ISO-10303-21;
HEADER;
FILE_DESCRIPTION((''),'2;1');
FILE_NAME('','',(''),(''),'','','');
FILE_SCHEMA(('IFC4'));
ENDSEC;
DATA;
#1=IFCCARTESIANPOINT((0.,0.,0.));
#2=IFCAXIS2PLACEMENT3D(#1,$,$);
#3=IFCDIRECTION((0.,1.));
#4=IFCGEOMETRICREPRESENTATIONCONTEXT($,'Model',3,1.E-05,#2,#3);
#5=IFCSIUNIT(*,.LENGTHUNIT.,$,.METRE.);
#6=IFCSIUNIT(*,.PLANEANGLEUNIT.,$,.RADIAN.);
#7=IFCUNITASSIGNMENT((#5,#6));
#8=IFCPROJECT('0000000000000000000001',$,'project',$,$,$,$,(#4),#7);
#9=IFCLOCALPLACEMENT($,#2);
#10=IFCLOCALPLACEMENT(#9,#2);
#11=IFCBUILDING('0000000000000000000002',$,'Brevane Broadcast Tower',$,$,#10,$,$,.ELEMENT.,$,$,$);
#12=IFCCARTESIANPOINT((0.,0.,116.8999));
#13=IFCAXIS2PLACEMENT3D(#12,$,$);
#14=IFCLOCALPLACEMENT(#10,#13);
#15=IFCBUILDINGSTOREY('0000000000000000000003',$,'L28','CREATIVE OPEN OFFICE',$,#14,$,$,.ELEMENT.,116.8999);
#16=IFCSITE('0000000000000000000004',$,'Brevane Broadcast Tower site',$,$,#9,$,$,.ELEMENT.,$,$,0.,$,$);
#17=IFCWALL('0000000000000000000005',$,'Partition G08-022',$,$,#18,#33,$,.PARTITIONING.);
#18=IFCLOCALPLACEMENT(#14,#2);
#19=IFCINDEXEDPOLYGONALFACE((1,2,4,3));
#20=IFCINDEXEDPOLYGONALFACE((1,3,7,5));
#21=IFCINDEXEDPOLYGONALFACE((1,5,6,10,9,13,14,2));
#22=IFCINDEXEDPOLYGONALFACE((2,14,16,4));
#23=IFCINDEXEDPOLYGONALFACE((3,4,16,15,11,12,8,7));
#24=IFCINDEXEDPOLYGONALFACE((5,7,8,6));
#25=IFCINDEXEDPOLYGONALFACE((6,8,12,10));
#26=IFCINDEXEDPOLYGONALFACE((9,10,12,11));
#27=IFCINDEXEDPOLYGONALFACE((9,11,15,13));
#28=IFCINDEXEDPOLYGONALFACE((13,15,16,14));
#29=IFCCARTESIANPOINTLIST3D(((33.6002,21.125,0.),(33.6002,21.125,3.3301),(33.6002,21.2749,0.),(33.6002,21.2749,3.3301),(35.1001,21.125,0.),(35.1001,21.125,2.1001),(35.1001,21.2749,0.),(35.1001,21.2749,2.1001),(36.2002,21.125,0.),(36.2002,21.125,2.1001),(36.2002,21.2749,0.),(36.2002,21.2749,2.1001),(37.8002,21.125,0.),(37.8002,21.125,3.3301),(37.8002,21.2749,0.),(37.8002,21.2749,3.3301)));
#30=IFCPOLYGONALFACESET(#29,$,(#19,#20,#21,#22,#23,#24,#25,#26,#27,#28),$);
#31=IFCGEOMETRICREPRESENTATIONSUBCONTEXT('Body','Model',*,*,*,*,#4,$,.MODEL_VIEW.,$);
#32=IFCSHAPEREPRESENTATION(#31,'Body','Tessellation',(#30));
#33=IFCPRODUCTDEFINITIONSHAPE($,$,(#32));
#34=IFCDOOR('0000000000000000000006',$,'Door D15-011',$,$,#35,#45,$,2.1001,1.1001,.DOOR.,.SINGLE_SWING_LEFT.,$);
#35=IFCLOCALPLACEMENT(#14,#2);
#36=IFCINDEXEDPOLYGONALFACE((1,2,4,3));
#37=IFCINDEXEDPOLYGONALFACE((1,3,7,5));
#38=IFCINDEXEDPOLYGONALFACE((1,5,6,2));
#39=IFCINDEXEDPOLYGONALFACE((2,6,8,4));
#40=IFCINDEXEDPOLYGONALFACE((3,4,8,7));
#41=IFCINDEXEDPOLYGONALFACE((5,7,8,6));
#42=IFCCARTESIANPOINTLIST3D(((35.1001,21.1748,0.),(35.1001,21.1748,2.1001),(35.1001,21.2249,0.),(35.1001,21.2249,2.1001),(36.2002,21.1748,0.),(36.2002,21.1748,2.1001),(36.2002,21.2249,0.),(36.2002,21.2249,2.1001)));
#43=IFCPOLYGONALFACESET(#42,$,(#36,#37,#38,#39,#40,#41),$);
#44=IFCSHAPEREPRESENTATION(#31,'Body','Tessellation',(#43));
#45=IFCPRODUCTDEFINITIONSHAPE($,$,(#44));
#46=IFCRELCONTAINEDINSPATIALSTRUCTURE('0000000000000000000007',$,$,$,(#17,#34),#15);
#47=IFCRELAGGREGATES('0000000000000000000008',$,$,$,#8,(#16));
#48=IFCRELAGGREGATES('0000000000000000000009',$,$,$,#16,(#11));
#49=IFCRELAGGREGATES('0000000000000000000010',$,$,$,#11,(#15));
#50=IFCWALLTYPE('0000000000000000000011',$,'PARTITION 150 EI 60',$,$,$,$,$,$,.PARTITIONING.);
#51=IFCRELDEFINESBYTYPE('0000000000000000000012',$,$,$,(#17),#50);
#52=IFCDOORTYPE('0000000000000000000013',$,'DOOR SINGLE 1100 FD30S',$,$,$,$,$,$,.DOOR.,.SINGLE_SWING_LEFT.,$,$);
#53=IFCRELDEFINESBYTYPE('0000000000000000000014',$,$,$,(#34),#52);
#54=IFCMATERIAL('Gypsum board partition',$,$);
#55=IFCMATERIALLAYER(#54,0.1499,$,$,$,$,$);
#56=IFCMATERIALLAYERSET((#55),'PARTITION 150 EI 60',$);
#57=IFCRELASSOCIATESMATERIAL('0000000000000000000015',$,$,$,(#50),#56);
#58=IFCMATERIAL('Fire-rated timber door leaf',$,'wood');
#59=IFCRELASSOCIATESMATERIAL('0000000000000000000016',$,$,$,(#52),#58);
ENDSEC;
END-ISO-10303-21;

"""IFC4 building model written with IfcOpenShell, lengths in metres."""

from ifc_helpers import new_model, si_unit, direction, frame, frame_2d, origin, place, context, subcontext, project, spatial, rectangle, extrude, material, layer, layer_set, type_object, element, fill, save


model = new_model("IFC4")

# Units and contexts
model_context = context("Model", 3, precision=1e-05, world=origin(), true_north=direction((0.0, 1.0)))
body_context = subcontext(model_context, "Body", "Model", "MODEL_VIEW")
ifc_project = project(units=[si_unit("LENGTHUNIT", "METRE"), si_unit("PLANEANGLEUNIT", "RADIAN")], contexts=[model_context])

# Site, building, storey
site_placement = place(None, origin())
site = spatial("IfcSite", under=ifc_project, at=site_placement, Name="Brevane Broadcast Tower site", CompositionType="ELEMENT", RefElevation=0.0)
building_placement = place(site_placement, origin())
building = spatial("IfcBuilding", under=site, at=building_placement, Name="Brevane Broadcast Tower", CompositionType="ELEMENT")
storey_placement = place(building_placement, frame((0.0, 0.0, 116.8999)))
storey = spatial("IfcBuildingStorey", under=building, at=storey_placement, Name="L28", Description="CREATIVE OPEN OFFICE", CompositionType="ELEMENT", Elevation=116.8999)

# Shared definitions
ifc_material_1 = material(Name="Gypsum board partition")

# Wall, opening, door
ifc_layer_1 = layer(ifc_material_1, 0.1499)
ifc_layer_set_1 = layer_set([ifc_layer_1], Name="PARTITION 150 EI 60")
wall_type_1 = type_object("IfcWallType", Name="PARTITION 150 EI 60", PredefinedType="PARTITIONING", material=ifc_layer_set_1)
wall_1_placement = place(storey_placement, frame((33.6001, 21.2, 0.0), z_axis=(0.0, 0.0, 1.0), x_axis=(1.0, 0.0, 0.0)))
wall_1 = element("IfcWall", 1, at=wall_1_placement, inside=storey, type_object=wall_type_1, Name="Partition G08-022", PredefinedType="PARTITIONING", context=body_context, shape_type="SweptSolid", body=[
    extrude(rectangle(XDim=4.2, YDim=0.1499, at=frame_2d((2.1001, 0.0))), origin(), (0.0, 0.0, 1.0), 3.3301),
])
opening_placement = place(wall_1_placement, frame((1.5, 0.0, 0.0)))
opening = element("IfcOpeningElement", 2, at=opening_placement, cuts=wall_1, PredefinedType="OPENING", context=body_context, shape_type="SweptSolid", body=[
    extrude(rectangle(XDim=1.1001, YDim=2.1001, at=frame_2d((0.55, 1.05))), frame((0.0, 0.085, 0.0), z_axis=(0.0, -1.0, 0.0), x_axis=(1.0, 0.0, 0.0)), (0.0, 0.0, 1.0), 0.1699),
])
ifc_material_2 = material(Name="Fire-rated timber door leaf", Category="wood")
door_type = type_object("IfcDoorType", Name="DOOR SINGLE 1100 FD30S", OperationType="SINGLE_SWING_LEFT", PredefinedType="DOOR", material=ifc_material_2)
door_placement = place(opening_placement, origin())
door = element("IfcDoor", 3, at=door_placement, inside=storey, type_object=door_type, Name="Door D15-011", OperationType="SINGLE_SWING_LEFT", OverallHeight=2.1001, OverallWidth=1.1001, PredefinedType="DOOR", context=body_context, shape_type="SweptSolid", body=[
    extrude(rectangle(XDim=1.1001, YDim=2.1001, at=frame_2d((0.55, 1.05))), frame((0.0, 0.0249, 0.0), z_axis=(0.0, -1.0, 0.0), x_axis=(1.0, 0.0, 0.0)), (0.0, 0.0, 1.0), 0.05),
])
fill(opening, door)

save(model, "model.ifc")
